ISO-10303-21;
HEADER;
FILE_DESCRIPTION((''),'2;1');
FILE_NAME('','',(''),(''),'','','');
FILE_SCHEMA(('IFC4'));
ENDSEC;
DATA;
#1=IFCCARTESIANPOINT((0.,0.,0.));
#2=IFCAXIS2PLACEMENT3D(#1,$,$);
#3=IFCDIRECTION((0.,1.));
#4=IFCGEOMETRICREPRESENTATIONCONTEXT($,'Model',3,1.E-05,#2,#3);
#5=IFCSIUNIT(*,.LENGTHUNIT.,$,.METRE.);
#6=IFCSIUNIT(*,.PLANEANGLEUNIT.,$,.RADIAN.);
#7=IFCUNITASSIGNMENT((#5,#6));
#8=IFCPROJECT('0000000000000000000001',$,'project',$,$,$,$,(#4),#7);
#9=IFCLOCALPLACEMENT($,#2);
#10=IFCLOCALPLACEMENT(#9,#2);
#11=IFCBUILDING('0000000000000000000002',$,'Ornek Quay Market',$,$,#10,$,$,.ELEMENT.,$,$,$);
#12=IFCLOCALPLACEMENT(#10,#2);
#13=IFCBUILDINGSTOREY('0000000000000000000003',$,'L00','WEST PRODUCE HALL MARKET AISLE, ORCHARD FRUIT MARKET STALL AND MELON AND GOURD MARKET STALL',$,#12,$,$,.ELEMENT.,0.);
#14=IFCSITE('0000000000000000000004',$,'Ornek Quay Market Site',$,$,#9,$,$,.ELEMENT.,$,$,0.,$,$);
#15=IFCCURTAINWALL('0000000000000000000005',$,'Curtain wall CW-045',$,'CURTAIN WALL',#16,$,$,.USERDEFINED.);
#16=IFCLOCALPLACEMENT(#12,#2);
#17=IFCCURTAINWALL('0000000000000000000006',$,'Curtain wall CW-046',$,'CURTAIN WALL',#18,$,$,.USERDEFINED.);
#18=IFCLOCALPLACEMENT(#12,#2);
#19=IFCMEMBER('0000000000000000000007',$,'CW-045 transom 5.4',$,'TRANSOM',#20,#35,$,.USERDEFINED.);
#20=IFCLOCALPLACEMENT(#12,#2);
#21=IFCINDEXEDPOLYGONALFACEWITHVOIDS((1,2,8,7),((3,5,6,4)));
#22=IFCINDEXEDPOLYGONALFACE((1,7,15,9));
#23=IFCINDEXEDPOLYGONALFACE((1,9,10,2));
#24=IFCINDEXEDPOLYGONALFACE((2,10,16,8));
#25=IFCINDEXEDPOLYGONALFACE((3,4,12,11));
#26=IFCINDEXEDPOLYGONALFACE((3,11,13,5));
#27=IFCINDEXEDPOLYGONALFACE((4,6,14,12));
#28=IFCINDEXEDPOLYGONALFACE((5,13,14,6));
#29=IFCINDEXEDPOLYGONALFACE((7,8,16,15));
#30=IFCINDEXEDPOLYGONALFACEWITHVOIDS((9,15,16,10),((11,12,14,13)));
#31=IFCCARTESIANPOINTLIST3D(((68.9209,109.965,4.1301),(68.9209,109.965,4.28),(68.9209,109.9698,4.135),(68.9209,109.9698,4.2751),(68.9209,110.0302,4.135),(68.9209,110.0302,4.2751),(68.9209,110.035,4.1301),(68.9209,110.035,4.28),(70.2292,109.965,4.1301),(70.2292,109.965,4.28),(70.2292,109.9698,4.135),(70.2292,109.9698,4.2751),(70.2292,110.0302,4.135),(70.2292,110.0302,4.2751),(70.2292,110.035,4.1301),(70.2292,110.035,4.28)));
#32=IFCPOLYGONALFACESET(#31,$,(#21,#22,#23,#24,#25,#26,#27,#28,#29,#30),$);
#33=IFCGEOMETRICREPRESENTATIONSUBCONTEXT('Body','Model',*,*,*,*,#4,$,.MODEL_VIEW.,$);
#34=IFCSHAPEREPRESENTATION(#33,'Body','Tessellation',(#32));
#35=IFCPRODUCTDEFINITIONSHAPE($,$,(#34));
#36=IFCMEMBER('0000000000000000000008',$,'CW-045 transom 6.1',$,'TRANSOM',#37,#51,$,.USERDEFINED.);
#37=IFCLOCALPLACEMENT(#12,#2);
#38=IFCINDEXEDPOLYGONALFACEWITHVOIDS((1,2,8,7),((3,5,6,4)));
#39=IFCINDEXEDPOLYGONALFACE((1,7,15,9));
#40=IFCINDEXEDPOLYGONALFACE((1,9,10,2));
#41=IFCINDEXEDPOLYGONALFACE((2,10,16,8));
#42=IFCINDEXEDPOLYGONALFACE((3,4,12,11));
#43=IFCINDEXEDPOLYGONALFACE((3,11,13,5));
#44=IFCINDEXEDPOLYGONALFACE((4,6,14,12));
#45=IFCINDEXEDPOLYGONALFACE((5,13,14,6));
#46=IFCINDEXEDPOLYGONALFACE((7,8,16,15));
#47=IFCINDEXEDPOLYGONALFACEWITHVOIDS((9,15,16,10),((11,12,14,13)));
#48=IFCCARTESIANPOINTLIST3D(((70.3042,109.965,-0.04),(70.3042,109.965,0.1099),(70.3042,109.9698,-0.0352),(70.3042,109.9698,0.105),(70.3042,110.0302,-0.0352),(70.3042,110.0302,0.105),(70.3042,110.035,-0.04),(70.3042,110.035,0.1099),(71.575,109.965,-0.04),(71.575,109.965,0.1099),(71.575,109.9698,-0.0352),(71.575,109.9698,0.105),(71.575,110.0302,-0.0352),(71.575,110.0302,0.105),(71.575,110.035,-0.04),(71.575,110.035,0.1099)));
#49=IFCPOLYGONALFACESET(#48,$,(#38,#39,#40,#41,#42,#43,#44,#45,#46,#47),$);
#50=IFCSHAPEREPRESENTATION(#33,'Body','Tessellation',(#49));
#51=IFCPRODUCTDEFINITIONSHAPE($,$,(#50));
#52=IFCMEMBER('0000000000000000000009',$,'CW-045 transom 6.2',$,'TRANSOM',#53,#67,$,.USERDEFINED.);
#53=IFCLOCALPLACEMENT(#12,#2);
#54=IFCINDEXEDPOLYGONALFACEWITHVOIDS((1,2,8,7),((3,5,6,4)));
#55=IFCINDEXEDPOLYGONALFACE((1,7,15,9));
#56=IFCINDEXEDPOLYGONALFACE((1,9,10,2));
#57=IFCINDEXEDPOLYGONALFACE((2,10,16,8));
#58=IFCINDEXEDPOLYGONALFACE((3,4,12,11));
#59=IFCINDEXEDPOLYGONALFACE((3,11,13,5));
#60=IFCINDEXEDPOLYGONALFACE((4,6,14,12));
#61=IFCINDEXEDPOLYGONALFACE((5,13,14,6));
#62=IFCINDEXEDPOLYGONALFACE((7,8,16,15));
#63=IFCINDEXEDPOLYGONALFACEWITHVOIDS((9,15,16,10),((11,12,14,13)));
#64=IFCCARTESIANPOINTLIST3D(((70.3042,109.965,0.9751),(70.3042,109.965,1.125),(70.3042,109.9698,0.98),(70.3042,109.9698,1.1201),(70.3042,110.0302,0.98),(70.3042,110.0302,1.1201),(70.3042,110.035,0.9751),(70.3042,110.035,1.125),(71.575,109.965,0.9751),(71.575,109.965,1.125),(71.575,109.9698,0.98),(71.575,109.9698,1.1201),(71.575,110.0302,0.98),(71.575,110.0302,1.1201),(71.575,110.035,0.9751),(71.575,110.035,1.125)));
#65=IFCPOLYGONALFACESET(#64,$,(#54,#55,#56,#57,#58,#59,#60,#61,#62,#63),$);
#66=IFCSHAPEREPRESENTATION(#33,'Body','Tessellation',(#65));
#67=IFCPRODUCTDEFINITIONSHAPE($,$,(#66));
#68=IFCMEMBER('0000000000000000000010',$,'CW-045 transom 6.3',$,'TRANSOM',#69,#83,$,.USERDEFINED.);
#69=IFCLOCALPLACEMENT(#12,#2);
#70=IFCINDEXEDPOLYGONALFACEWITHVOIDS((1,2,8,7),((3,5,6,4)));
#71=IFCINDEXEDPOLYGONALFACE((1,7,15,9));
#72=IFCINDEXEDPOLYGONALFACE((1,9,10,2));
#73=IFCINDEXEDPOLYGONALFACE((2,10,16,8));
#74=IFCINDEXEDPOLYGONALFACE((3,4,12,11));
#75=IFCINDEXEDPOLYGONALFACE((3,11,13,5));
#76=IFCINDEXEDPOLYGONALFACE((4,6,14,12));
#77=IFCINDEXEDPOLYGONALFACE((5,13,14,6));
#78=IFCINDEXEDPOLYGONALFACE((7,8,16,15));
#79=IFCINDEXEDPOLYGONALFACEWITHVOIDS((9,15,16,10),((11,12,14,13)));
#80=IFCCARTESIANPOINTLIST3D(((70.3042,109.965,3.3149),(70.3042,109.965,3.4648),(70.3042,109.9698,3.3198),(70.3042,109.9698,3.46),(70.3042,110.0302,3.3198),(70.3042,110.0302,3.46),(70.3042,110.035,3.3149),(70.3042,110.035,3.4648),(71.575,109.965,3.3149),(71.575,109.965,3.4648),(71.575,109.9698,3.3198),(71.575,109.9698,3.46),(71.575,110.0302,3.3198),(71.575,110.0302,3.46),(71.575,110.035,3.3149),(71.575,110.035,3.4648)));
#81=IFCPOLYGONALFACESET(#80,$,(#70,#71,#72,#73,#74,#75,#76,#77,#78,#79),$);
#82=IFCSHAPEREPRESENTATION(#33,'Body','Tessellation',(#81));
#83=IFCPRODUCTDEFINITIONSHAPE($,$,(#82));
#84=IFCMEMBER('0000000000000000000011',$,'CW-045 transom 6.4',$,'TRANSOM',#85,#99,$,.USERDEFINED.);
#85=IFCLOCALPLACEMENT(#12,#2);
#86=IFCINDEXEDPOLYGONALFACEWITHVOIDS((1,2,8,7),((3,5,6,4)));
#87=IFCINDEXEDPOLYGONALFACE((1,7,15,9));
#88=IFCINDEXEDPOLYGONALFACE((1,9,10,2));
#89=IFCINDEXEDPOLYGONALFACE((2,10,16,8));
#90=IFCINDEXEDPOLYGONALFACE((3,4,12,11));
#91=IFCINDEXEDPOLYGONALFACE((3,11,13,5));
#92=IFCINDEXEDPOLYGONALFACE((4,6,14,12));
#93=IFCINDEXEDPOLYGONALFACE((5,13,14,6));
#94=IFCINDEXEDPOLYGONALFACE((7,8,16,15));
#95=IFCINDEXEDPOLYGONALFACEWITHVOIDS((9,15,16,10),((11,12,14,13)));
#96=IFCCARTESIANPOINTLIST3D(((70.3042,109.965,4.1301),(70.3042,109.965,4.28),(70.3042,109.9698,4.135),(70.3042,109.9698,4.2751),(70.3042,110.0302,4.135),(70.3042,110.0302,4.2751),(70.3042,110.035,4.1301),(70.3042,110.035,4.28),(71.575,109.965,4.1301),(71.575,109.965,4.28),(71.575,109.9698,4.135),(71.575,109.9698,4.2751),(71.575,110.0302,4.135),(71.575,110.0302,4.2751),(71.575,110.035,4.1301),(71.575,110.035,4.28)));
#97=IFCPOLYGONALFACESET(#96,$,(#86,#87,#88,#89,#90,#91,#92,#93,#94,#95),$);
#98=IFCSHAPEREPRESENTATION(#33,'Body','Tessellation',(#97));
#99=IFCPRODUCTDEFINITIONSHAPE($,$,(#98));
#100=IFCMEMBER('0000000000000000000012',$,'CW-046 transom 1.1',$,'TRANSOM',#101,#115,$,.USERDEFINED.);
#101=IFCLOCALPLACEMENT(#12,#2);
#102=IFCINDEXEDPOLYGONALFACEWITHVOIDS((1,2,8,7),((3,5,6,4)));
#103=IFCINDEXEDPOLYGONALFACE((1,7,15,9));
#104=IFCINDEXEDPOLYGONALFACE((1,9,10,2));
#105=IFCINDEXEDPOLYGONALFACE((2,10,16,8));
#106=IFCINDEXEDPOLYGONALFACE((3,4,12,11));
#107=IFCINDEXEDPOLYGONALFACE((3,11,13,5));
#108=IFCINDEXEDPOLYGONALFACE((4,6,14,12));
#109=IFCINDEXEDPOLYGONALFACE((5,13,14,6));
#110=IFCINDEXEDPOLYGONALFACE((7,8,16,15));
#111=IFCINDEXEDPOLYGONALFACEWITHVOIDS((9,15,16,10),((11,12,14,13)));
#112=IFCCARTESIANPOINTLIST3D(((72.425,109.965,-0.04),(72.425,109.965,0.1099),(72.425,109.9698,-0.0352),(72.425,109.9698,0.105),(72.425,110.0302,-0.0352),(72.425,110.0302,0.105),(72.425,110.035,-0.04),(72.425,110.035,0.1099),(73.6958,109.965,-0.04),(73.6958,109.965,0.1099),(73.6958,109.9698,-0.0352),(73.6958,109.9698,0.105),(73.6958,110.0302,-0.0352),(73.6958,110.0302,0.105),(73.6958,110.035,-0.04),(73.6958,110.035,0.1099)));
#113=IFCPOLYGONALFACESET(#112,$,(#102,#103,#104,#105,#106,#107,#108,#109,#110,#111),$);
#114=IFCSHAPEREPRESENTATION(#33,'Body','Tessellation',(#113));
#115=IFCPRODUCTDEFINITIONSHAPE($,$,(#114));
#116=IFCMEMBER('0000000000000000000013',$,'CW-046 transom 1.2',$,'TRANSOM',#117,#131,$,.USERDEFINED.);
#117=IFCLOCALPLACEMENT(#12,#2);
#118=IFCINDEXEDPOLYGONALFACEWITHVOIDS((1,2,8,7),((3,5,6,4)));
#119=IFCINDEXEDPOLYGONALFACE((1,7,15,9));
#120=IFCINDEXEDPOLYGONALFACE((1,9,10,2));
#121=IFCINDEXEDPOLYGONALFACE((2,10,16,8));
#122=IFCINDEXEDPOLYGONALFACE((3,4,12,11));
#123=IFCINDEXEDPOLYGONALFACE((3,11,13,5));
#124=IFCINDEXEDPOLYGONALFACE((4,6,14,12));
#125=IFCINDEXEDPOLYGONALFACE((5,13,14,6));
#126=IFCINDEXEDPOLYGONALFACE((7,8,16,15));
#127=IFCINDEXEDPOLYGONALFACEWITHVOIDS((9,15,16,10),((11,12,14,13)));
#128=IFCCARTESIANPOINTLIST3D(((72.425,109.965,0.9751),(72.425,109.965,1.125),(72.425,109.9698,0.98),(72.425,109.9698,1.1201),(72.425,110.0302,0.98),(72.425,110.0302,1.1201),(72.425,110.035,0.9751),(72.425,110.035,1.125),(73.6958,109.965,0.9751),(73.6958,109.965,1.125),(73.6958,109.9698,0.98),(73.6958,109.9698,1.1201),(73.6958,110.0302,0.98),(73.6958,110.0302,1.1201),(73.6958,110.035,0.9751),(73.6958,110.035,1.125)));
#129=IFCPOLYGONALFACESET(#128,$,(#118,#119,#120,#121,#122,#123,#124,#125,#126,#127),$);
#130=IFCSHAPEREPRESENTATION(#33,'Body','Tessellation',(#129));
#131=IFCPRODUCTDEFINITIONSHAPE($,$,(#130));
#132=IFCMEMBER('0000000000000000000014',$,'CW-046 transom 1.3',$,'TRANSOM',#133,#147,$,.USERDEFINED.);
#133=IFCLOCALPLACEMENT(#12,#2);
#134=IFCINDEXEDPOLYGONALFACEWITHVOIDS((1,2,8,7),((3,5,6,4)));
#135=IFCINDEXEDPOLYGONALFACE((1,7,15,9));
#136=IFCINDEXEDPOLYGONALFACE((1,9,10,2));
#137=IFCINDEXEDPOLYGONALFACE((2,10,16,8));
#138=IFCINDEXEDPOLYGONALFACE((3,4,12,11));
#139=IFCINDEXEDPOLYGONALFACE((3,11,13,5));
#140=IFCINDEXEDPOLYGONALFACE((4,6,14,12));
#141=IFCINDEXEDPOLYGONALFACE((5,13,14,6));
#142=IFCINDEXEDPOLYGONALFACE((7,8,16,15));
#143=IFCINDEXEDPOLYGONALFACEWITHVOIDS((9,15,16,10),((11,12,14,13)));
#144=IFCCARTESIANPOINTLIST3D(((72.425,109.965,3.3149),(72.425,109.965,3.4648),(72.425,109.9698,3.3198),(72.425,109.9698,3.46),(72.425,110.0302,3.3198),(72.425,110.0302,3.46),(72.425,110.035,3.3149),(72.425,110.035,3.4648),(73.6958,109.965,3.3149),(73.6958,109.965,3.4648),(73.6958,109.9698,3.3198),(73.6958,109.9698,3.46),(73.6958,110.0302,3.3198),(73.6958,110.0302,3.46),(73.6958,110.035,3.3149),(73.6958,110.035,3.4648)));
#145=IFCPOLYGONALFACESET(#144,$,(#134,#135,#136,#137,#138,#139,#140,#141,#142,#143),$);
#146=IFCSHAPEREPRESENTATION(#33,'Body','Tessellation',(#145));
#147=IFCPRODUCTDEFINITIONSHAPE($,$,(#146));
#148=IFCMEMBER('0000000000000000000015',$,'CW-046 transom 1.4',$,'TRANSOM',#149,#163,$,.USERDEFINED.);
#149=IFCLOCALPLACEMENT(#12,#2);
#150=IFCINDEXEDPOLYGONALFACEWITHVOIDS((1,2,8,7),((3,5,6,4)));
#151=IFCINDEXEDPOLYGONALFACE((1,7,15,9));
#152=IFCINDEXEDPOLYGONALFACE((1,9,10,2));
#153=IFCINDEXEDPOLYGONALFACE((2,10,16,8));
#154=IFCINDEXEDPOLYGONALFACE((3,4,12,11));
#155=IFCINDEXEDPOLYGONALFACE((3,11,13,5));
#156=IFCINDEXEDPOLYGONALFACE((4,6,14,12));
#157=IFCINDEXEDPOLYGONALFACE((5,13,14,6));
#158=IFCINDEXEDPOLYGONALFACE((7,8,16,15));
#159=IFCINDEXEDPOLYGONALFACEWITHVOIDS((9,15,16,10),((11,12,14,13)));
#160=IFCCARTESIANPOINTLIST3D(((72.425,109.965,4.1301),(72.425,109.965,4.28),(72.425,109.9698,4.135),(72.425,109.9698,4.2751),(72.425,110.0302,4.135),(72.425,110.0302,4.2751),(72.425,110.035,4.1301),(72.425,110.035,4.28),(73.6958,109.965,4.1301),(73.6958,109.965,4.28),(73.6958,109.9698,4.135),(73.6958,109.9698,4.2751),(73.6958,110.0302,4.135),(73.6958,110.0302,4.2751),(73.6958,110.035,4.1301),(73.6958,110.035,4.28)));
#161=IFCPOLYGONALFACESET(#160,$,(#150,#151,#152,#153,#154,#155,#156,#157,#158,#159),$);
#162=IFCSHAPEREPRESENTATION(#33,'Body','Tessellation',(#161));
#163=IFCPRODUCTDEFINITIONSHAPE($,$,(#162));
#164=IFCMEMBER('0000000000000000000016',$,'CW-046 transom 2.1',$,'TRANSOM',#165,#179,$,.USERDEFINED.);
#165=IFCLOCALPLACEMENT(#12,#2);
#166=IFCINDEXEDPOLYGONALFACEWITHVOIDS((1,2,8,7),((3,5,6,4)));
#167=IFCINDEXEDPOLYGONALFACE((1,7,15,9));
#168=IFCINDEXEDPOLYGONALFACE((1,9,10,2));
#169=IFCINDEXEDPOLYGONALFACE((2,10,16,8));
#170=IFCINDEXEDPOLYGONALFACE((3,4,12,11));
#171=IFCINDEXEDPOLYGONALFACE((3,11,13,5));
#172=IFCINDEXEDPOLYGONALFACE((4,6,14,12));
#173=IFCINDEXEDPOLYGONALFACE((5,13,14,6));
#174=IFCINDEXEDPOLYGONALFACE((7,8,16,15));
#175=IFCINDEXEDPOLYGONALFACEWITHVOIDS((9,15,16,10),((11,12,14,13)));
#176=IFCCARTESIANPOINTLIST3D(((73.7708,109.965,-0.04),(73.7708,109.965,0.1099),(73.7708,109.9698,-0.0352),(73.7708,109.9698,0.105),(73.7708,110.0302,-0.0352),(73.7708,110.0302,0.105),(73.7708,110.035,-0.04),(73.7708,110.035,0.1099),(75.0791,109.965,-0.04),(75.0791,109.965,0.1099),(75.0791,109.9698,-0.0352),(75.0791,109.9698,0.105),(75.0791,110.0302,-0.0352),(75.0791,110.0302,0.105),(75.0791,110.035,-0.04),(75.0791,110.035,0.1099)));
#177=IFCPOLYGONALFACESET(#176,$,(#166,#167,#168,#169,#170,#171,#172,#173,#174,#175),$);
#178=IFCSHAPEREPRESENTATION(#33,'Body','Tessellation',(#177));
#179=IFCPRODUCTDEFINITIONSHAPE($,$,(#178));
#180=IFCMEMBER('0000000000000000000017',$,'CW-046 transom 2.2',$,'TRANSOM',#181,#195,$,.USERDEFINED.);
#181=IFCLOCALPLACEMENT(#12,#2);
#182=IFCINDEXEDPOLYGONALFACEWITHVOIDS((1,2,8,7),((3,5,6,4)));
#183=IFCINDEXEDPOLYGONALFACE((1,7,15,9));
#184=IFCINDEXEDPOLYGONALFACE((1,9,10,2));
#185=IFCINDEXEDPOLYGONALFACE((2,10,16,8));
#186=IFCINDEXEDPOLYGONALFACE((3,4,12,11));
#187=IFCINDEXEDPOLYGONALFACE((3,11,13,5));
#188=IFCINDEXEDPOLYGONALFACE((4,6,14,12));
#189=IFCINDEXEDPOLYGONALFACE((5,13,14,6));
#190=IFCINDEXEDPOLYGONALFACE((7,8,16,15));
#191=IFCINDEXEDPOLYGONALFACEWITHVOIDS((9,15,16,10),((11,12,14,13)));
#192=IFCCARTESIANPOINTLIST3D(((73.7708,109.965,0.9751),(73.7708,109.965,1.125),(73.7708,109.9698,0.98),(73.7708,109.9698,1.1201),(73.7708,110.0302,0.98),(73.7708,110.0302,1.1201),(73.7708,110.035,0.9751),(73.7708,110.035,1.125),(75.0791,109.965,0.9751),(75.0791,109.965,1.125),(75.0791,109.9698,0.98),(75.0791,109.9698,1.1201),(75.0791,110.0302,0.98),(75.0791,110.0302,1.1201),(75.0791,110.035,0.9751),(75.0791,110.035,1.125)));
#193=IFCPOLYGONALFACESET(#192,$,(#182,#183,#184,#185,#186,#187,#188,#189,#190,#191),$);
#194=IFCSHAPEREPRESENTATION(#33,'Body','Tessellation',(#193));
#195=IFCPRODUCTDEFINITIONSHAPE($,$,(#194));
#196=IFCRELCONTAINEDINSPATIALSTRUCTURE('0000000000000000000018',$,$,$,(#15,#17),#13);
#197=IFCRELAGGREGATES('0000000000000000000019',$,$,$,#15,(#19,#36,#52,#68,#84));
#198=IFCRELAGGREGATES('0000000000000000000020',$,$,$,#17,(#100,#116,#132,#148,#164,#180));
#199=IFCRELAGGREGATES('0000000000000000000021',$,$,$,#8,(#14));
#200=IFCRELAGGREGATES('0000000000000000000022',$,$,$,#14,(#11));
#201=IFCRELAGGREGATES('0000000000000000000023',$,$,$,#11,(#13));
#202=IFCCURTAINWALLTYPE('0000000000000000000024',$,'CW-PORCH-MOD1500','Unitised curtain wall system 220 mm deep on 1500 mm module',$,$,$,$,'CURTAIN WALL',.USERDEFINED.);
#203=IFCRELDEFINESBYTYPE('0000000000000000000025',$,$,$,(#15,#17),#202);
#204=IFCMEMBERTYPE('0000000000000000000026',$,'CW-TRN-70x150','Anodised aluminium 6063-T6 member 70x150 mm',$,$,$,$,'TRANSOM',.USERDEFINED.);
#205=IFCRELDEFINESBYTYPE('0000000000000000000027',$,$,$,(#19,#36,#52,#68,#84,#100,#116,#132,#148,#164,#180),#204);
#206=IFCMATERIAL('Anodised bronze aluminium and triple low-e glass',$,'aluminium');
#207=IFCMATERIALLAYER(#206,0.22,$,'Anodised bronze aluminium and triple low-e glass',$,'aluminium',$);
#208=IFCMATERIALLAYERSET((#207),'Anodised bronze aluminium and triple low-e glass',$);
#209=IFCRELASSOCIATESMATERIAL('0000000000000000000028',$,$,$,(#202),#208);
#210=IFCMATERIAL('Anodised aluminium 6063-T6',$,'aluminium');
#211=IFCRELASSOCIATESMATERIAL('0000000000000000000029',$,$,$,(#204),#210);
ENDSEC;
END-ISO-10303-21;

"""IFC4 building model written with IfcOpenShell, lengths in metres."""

from ifc_helpers import new_model, si_unit, direction, frame, origin, origin_2d, place, context, subcontext, project, spatial, hollow_rectangle, extrude, material, layer, layer_set, material_profile, profile_set, type_object, element, aggregate, save


model = new_model("IFC4")

# Units and contexts
model_context = context("Model", 3, precision=1e-05, world=origin(), true_north=direction((0.0, 1.0)))
body_context = subcontext(model_context, "Body", "Model", "MODEL_VIEW")
ifc_project = project(units=[si_unit("LENGTHUNIT", "METRE"), si_unit("PLANEANGLEUNIT", "RADIAN")], contexts=[model_context])

# Site, building, storey
site_placement = place(None, origin())
site = spatial("IfcSite", under=ifc_project, at=site_placement, Name="Ornek Quay Market Site", CompositionType="ELEMENT", RefElevation=0.0)
building_placement = place(site_placement, origin())
building = spatial("IfcBuilding", under=site, at=building_placement, Name="Ornek Quay Market", CompositionType="ELEMENT")
storey_placement = place(building_placement, origin())
storey = spatial("IfcBuildingStorey", under=building, at=storey_placement, Name="L00", Description="WEST PRODUCE HALL MARKET AISLE, ORCHARD FRUIT MARKET STALL AND MELON AND GOURD MARKET STALL", CompositionType="ELEMENT", Elevation=0.0)

# Shared definitions
ifc_material_1 = material(Name="Anodised bronze aluminium and triple low-e glass", Category="aluminium")
ifc_layer_1 = layer(ifc_material_1, 0.22, Name="Anodised bronze aluminium and triple low-e glass", Category="aluminium")
ifc_layer_set_1 = layer_set([ifc_layer_1], Name="Anodised bronze aluminium and triple low-e glass")
curtain_wall_type = type_object("IfcCurtainWallType", Name="CW-PORCH-MOD1500", Description="Unitised curtain wall system 220 mm deep on 1500 mm module", ElementType="CURTAIN WALL", PredefinedType="USERDEFINED", material=ifc_layer_set_1)
ifc_material_2 = material(Name="Anodised aluminium 6063-T6", Category="aluminium")

# Curtain walls
curtain_wall_1_placement = place(storey_placement, origin())
curtain_wall_1 = element("IfcCurtainWall", 1, at=curtain_wall_1_placement, inside=storey, type_object=curtain_wall_type, Name="Curtain wall CW-045", ObjectType="CURTAIN WALL", PredefinedType="USERDEFINED")
curtain_wall_2_placement = place(storey_placement, origin())
curtain_wall_2 = element("IfcCurtainWall", 2, at=curtain_wall_2_placement, inside=storey, type_object=curtain_wall_type, Name="Curtain wall CW-046", ObjectType="CURTAIN WALL", PredefinedType="USERDEFINED")

# Members
ifc_material_profile_1 = material_profile(ifc_material_2, hollow_rectangle(XDim=0.0701, YDim=0.1499, WallThickness=0.0049, at=origin_2d()), Name="CW-TRN-70x150", Category="aluminium")
ifc_profile_set_1 = profile_set([ifc_material_profile_1], Name="Anodised aluminium 6063-T6")
member_type_1 = type_object("IfcMemberType", Name="CW-TRN-70x150", Description="Anodised aluminium 6063-T6 member 70x150 mm", ElementType="TRANSOM", PredefinedType="USERDEFINED", material=ifc_profile_set_1)
member_1_placement = place(storey_placement, frame((68.9209, 110.0, 4.2051), z_axis=(1.0, 0.0, 0.0), x_axis=(0.0, 1.0, 0.0)))
member_1 = element("IfcMember", 3, at=member_1_placement, type_object=member_type_1, Name="CW-045 transom 5.4", ObjectType="TRANSOM", PredefinedType="USERDEFINED", context=body_context, shape_type="SweptSolid", body=[
    extrude(hollow_rectangle(XDim=0.0701, YDim=0.1499, WallThickness=0.0049, at=origin_2d()), origin(), (0.0, 0.0, 1.0), 1.3083),
])
member_2_placement = place(storey_placement, frame((70.3042, 110.0, 0.0349), z_axis=(1.0, 0.0, 0.0), x_axis=(0.0, 1.0, 0.0)))
member_2 = element("IfcMember", 4, at=member_2_placement, type_object=member_type_1, Name="CW-045 transom 6.1", ObjectType="TRANSOM", PredefinedType="USERDEFINED", context=body_context, shape_type="SweptSolid", body=[
    extrude(hollow_rectangle(XDim=0.0701, YDim=0.1499, WallThickness=0.0049, at=origin_2d()), origin(), (0.0, 0.0, 1.0), 1.2708),
])
member_3_placement = place(storey_placement, frame((70.3042, 110.0, 1.05), z_axis=(1.0, 0.0, 0.0), x_axis=(0.0, 1.0, 0.0)))
member_3 = element("IfcMember", 5, at=member_3_placement, type_object=member_type_1, Name="CW-045 transom 6.2", ObjectType="TRANSOM", PredefinedType="USERDEFINED", context=body_context, shape_type="SweptSolid", body=[
    extrude(hollow_rectangle(XDim=0.0701, YDim=0.1499, WallThickness=0.0049, at=origin_2d()), origin(), (0.0, 0.0, 1.0), 1.2708),
])
member_4_placement = place(storey_placement, frame((70.3042, 110.0, 3.3899), z_axis=(1.0, 0.0, 0.0), x_axis=(0.0, 1.0, 0.0)))
member_4 = element("IfcMember", 6, at=member_4_placement, type_object=member_type_1, Name="CW-045 transom 6.3", ObjectType="TRANSOM", PredefinedType="USERDEFINED", context=body_context, shape_type="SweptSolid", body=[
    extrude(hollow_rectangle(XDim=0.0701, YDim=0.1499, WallThickness=0.0049, at=origin_2d()), origin(), (0.0, 0.0, 1.0), 1.2708),
])
member_5_placement = place(storey_placement, frame((70.3042, 110.0, 4.2051), z_axis=(1.0, 0.0, 0.0), x_axis=(0.0, 1.0, 0.0)))
member_5 = element("IfcMember", 7, at=member_5_placement, type_object=member_type_1, Name="CW-045 transom 6.4", ObjectType="TRANSOM", PredefinedType="USERDEFINED", context=body_context, shape_type="SweptSolid", body=[
    extrude(hollow_rectangle(XDim=0.0701, YDim=0.1499, WallThickness=0.0049, at=origin_2d()), origin(), (0.0, 0.0, 1.0), 1.2708),
])
member_6_placement = place(storey_placement, frame((72.425, 110.0, 0.0349), z_axis=(1.0, 0.0, 0.0), x_axis=(0.0, 1.0, 0.0)))
member_6 = element("IfcMember", 8, at=member_6_placement, type_object=member_type_1, Name="CW-046 transom 1.1", ObjectType="TRANSOM", PredefinedType="USERDEFINED", context=body_context, shape_type="SweptSolid", body=[
    extrude(hollow_rectangle(XDim=0.0701, YDim=0.1499, WallThickness=0.0049, at=origin_2d()), origin(), (0.0, 0.0, 1.0), 1.2708),
])
member_7_placement = place(storey_placement, frame((72.425, 110.0, 1.05), z_axis=(1.0, 0.0, 0.0), x_axis=(0.0, 1.0, 0.0)))
member_7 = element("IfcMember", 9, at=member_7_placement, type_object=member_type_1, Name="CW-046 transom 1.2", ObjectType="TRANSOM", PredefinedType="USERDEFINED", context=body_context, shape_type="SweptSolid", body=[
    extrude(hollow_rectangle(XDim=0.0701, YDim=0.1499, WallThickness=0.0049, at=origin_2d()), origin(), (0.0, 0.0, 1.0), 1.2708),
])
member_8_placement = place(storey_placement, frame((72.425, 110.0, 3.3899), z_axis=(1.0, 0.0, 0.0), x_axis=(0.0, 1.0, 0.0)))
member_8 = element("IfcMember", 10, at=member_8_placement, type_object=member_type_1, Name="CW-046 transom 1.3", ObjectType="TRANSOM", PredefinedType="USERDEFINED", context=body_context, shape_type="SweptSolid", body=[
    extrude(hollow_rectangle(XDim=0.0701, YDim=0.1499, WallThickness=0.0049, at=origin_2d()), origin(), (0.0, 0.0, 1.0), 1.2708),
])
member_9_placement = place(storey_placement, frame((72.425, 110.0, 4.2051), z_axis=(1.0, 0.0, 0.0), x_axis=(0.0, 1.0, 0.0)))
member_9 = element("IfcMember", 11, at=member_9_placement, type_object=member_type_1, Name="CW-046 transom 1.4", ObjectType="TRANSOM", PredefinedType="USERDEFINED", context=body_context, shape_type="SweptSolid", body=[
    extrude(hollow_rectangle(XDim=0.0701, YDim=0.1499, WallThickness=0.0049, at=origin_2d()), origin(), (0.0, 0.0, 1.0), 1.2708),
])
member_10_placement = place(storey_placement, frame((73.7708, 110.0, 0.0349), z_axis=(1.0, 0.0, 0.0), x_axis=(0.0, 1.0, 0.0)))
member_10 = element("IfcMember", 12, at=member_10_placement, type_object=member_type_1, Name="CW-046 transom 2.1", ObjectType="TRANSOM", PredefinedType="USERDEFINED", context=body_context, shape_type="SweptSolid", body=[
    extrude(hollow_rectangle(XDim=0.0701, YDim=0.1499, WallThickness=0.0049, at=origin_2d()), origin(), (0.0, 0.0, 1.0), 1.3083),
])
member_11_placement = place(storey_placement, frame((73.7708, 110.0, 1.05), z_axis=(1.0, 0.0, 0.0), x_axis=(0.0, 1.0, 0.0)))
member_11 = element("IfcMember", 13, at=member_11_placement, type_object=member_type_1, Name="CW-046 transom 2.2", ObjectType="TRANSOM", PredefinedType="USERDEFINED", context=body_context, shape_type="SweptSolid", body=[
    extrude(hollow_rectangle(XDim=0.0701, YDim=0.1499, WallThickness=0.0049, at=origin_2d()), origin(), (0.0, 0.0, 1.0), 1.3083),
])

aggregate(curtain_wall_1, [member_1, member_2, member_3, member_4, member_5])
aggregate(curtain_wall_2, [member_6, member_7, member_8, member_9, member_10, member_11])

save(model, "model.ifc")
